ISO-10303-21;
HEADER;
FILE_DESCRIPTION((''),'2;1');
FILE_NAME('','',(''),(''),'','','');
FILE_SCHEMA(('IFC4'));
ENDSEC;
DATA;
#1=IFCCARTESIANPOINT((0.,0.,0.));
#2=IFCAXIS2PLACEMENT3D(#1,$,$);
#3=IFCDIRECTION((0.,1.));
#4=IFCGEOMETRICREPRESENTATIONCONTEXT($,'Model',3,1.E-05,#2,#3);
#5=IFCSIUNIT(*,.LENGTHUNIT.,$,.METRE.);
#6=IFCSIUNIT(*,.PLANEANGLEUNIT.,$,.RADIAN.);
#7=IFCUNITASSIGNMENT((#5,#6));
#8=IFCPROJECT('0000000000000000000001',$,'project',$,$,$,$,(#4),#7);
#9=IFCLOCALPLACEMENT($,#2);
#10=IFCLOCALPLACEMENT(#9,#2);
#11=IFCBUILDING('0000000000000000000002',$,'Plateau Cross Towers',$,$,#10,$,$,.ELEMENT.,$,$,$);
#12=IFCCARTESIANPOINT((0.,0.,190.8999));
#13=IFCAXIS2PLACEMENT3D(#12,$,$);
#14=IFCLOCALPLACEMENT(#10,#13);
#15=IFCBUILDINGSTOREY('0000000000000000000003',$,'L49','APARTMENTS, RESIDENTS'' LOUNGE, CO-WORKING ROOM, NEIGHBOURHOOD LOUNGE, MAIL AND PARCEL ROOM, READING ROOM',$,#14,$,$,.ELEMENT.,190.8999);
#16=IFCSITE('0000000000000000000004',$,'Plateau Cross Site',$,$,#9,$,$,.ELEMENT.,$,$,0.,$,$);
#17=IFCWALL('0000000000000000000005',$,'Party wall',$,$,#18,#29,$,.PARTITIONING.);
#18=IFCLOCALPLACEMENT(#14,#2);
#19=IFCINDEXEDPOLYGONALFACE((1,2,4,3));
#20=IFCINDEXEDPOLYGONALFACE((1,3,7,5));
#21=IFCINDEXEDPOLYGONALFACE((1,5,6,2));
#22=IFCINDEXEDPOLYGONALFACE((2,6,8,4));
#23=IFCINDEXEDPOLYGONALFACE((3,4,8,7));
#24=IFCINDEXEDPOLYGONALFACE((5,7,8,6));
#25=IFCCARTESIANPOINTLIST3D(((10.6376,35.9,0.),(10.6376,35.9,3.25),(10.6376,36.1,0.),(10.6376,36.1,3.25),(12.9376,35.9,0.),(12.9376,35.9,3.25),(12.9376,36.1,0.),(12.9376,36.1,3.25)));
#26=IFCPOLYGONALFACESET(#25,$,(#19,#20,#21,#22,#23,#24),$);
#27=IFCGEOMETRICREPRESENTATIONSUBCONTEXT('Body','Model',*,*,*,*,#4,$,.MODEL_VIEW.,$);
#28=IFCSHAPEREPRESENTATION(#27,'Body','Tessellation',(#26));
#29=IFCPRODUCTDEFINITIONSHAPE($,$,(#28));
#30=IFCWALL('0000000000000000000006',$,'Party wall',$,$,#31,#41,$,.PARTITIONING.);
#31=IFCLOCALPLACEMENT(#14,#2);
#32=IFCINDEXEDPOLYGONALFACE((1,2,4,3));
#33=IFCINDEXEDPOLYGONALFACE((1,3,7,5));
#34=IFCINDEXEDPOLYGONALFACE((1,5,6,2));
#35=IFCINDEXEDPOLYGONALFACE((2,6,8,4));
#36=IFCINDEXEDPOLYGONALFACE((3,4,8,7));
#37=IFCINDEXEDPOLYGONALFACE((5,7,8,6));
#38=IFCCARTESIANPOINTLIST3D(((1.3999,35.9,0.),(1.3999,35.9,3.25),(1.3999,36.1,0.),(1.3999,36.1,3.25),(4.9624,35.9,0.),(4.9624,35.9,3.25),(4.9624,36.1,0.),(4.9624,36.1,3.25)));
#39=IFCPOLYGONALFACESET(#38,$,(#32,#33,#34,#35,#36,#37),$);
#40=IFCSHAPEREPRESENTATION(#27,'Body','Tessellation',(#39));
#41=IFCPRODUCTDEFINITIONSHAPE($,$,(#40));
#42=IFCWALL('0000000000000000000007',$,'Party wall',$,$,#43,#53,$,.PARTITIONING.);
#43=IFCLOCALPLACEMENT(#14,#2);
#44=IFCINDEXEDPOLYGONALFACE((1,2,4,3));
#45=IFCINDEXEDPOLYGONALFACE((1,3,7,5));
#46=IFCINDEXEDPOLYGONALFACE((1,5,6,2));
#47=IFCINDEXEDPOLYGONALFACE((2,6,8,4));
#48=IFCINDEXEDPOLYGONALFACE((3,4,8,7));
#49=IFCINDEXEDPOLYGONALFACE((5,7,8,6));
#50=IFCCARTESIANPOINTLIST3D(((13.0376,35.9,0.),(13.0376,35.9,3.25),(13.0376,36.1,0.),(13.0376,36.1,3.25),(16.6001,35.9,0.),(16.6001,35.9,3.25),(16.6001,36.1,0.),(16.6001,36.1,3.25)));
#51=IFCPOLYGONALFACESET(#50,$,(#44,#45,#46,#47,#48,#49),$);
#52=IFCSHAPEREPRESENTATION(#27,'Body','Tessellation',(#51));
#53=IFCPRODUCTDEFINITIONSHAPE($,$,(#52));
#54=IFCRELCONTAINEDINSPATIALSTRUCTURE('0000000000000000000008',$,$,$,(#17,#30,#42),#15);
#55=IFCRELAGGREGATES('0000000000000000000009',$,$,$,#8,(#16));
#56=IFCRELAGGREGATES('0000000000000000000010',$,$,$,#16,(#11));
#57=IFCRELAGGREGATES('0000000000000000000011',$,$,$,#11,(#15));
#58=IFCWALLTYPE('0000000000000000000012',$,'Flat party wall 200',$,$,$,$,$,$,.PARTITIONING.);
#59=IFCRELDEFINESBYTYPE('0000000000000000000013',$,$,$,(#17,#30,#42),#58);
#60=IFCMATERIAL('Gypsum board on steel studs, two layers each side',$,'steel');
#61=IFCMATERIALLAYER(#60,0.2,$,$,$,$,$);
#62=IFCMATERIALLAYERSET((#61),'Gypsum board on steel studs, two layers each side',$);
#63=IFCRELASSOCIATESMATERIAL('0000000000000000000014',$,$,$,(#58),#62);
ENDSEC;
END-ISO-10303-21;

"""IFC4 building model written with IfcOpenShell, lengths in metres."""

from ifc_helpers import new_model, si_unit, direction, frame, frame_2d, origin, place, context, subcontext, project, spatial, rectangle, extrude, material, layer, layer_set, type_object, element, save


model = new_model("IFC4")

# Units and contexts
model_context = context("Model", 3, precision=1e-05, world=origin(), true_north=direction((0.0, 1.0)))
body_context = subcontext(model_context, "Body", "Model", "MODEL_VIEW")
ifc_project = project(units=[si_unit("LENGTHUNIT", "METRE"), si_unit("PLANEANGLEUNIT", "RADIAN")], contexts=[model_context])

# Site, building, storey
site_placement = place(None, origin())
site = spatial("IfcSite", under=ifc_project, at=site_placement, Name="Plateau Cross Site", CompositionType="ELEMENT", RefElevation=0.0)
building_placement = place(site_placement, origin())
building = spatial("IfcBuilding", under=site, at=building_placement, Name="Plateau Cross Towers", CompositionType="ELEMENT")
storey_placement = place(building_placement, frame((0.0, 0.0, 190.8999)))
storey = spatial("IfcBuildingStorey", under=building, at=storey_placement, Name="L49", Description="APARTMENTS, RESIDENTS' LOUNGE, CO-WORKING ROOM, NEIGHBOURHOOD LOUNGE, MAIL AND PARCEL ROOM, READING ROOM", CompositionType="ELEMENT", Elevation=190.8999)

# Walls
ifc_material_1 = material(Name="Gypsum board on steel studs, two layers each side", Category="steel")
ifc_layer_1 = layer(ifc_material_1, 0.2)
ifc_layer_set_1 = layer_set([ifc_layer_1], Name="Gypsum board on steel studs, two layers each side")
wall_type_1 = type_object("IfcWallType", Name="Flat party wall 200", PredefinedType="PARTITIONING", material=ifc_layer_set_1)
for number, where, z_axis, x_axis, name in (
    (1, (12.9375, 36.0, 0.0), (0.0, 0.0, 1.0), (-1.0, 0.0, 0.0), "Party wall"),
):
    element("IfcWall", number, at=place(storey_placement, frame(where, z_axis=z_axis, x_axis=x_axis)), inside=storey, type_object=wall_type_1, Name=name, PredefinedType="PARTITIONING", context=body_context, shape_type="SweptSolid", body=[
        extrude(rectangle(XDim=2.3, YDim=0.2, at=frame_2d((1.1499, 0.0))), origin(), (0.0, 0.0, 1.0), 3.25),
    ])
for number, where, z_axis, x_axis, name in (
    (2, (1.3999, 36.0, 0.0), (0.0, 0.0, 1.0), (1.0, 0.0, 0.0), "Party wall"),
    (3, (13.0376, 36.0, 0.0), (0.0, 0.0, 1.0), (1.0, 0.0, 0.0), "Party wall"),
):
    element("IfcWall", number, at=place(storey_placement, frame(where, z_axis=z_axis, x_axis=x_axis)), inside=storey, type_object=wall_type_1, Name=name, PredefinedType="PARTITIONING", context=body_context, shape_type="SweptSolid", body=[
        extrude(rectangle(XDim=3.5625, YDim=0.2, at=frame_2d((1.7812, 0.0))), origin(), (0.0, 0.0, 1.0), 3.25),
    ])

save(model, "model.ifc")
